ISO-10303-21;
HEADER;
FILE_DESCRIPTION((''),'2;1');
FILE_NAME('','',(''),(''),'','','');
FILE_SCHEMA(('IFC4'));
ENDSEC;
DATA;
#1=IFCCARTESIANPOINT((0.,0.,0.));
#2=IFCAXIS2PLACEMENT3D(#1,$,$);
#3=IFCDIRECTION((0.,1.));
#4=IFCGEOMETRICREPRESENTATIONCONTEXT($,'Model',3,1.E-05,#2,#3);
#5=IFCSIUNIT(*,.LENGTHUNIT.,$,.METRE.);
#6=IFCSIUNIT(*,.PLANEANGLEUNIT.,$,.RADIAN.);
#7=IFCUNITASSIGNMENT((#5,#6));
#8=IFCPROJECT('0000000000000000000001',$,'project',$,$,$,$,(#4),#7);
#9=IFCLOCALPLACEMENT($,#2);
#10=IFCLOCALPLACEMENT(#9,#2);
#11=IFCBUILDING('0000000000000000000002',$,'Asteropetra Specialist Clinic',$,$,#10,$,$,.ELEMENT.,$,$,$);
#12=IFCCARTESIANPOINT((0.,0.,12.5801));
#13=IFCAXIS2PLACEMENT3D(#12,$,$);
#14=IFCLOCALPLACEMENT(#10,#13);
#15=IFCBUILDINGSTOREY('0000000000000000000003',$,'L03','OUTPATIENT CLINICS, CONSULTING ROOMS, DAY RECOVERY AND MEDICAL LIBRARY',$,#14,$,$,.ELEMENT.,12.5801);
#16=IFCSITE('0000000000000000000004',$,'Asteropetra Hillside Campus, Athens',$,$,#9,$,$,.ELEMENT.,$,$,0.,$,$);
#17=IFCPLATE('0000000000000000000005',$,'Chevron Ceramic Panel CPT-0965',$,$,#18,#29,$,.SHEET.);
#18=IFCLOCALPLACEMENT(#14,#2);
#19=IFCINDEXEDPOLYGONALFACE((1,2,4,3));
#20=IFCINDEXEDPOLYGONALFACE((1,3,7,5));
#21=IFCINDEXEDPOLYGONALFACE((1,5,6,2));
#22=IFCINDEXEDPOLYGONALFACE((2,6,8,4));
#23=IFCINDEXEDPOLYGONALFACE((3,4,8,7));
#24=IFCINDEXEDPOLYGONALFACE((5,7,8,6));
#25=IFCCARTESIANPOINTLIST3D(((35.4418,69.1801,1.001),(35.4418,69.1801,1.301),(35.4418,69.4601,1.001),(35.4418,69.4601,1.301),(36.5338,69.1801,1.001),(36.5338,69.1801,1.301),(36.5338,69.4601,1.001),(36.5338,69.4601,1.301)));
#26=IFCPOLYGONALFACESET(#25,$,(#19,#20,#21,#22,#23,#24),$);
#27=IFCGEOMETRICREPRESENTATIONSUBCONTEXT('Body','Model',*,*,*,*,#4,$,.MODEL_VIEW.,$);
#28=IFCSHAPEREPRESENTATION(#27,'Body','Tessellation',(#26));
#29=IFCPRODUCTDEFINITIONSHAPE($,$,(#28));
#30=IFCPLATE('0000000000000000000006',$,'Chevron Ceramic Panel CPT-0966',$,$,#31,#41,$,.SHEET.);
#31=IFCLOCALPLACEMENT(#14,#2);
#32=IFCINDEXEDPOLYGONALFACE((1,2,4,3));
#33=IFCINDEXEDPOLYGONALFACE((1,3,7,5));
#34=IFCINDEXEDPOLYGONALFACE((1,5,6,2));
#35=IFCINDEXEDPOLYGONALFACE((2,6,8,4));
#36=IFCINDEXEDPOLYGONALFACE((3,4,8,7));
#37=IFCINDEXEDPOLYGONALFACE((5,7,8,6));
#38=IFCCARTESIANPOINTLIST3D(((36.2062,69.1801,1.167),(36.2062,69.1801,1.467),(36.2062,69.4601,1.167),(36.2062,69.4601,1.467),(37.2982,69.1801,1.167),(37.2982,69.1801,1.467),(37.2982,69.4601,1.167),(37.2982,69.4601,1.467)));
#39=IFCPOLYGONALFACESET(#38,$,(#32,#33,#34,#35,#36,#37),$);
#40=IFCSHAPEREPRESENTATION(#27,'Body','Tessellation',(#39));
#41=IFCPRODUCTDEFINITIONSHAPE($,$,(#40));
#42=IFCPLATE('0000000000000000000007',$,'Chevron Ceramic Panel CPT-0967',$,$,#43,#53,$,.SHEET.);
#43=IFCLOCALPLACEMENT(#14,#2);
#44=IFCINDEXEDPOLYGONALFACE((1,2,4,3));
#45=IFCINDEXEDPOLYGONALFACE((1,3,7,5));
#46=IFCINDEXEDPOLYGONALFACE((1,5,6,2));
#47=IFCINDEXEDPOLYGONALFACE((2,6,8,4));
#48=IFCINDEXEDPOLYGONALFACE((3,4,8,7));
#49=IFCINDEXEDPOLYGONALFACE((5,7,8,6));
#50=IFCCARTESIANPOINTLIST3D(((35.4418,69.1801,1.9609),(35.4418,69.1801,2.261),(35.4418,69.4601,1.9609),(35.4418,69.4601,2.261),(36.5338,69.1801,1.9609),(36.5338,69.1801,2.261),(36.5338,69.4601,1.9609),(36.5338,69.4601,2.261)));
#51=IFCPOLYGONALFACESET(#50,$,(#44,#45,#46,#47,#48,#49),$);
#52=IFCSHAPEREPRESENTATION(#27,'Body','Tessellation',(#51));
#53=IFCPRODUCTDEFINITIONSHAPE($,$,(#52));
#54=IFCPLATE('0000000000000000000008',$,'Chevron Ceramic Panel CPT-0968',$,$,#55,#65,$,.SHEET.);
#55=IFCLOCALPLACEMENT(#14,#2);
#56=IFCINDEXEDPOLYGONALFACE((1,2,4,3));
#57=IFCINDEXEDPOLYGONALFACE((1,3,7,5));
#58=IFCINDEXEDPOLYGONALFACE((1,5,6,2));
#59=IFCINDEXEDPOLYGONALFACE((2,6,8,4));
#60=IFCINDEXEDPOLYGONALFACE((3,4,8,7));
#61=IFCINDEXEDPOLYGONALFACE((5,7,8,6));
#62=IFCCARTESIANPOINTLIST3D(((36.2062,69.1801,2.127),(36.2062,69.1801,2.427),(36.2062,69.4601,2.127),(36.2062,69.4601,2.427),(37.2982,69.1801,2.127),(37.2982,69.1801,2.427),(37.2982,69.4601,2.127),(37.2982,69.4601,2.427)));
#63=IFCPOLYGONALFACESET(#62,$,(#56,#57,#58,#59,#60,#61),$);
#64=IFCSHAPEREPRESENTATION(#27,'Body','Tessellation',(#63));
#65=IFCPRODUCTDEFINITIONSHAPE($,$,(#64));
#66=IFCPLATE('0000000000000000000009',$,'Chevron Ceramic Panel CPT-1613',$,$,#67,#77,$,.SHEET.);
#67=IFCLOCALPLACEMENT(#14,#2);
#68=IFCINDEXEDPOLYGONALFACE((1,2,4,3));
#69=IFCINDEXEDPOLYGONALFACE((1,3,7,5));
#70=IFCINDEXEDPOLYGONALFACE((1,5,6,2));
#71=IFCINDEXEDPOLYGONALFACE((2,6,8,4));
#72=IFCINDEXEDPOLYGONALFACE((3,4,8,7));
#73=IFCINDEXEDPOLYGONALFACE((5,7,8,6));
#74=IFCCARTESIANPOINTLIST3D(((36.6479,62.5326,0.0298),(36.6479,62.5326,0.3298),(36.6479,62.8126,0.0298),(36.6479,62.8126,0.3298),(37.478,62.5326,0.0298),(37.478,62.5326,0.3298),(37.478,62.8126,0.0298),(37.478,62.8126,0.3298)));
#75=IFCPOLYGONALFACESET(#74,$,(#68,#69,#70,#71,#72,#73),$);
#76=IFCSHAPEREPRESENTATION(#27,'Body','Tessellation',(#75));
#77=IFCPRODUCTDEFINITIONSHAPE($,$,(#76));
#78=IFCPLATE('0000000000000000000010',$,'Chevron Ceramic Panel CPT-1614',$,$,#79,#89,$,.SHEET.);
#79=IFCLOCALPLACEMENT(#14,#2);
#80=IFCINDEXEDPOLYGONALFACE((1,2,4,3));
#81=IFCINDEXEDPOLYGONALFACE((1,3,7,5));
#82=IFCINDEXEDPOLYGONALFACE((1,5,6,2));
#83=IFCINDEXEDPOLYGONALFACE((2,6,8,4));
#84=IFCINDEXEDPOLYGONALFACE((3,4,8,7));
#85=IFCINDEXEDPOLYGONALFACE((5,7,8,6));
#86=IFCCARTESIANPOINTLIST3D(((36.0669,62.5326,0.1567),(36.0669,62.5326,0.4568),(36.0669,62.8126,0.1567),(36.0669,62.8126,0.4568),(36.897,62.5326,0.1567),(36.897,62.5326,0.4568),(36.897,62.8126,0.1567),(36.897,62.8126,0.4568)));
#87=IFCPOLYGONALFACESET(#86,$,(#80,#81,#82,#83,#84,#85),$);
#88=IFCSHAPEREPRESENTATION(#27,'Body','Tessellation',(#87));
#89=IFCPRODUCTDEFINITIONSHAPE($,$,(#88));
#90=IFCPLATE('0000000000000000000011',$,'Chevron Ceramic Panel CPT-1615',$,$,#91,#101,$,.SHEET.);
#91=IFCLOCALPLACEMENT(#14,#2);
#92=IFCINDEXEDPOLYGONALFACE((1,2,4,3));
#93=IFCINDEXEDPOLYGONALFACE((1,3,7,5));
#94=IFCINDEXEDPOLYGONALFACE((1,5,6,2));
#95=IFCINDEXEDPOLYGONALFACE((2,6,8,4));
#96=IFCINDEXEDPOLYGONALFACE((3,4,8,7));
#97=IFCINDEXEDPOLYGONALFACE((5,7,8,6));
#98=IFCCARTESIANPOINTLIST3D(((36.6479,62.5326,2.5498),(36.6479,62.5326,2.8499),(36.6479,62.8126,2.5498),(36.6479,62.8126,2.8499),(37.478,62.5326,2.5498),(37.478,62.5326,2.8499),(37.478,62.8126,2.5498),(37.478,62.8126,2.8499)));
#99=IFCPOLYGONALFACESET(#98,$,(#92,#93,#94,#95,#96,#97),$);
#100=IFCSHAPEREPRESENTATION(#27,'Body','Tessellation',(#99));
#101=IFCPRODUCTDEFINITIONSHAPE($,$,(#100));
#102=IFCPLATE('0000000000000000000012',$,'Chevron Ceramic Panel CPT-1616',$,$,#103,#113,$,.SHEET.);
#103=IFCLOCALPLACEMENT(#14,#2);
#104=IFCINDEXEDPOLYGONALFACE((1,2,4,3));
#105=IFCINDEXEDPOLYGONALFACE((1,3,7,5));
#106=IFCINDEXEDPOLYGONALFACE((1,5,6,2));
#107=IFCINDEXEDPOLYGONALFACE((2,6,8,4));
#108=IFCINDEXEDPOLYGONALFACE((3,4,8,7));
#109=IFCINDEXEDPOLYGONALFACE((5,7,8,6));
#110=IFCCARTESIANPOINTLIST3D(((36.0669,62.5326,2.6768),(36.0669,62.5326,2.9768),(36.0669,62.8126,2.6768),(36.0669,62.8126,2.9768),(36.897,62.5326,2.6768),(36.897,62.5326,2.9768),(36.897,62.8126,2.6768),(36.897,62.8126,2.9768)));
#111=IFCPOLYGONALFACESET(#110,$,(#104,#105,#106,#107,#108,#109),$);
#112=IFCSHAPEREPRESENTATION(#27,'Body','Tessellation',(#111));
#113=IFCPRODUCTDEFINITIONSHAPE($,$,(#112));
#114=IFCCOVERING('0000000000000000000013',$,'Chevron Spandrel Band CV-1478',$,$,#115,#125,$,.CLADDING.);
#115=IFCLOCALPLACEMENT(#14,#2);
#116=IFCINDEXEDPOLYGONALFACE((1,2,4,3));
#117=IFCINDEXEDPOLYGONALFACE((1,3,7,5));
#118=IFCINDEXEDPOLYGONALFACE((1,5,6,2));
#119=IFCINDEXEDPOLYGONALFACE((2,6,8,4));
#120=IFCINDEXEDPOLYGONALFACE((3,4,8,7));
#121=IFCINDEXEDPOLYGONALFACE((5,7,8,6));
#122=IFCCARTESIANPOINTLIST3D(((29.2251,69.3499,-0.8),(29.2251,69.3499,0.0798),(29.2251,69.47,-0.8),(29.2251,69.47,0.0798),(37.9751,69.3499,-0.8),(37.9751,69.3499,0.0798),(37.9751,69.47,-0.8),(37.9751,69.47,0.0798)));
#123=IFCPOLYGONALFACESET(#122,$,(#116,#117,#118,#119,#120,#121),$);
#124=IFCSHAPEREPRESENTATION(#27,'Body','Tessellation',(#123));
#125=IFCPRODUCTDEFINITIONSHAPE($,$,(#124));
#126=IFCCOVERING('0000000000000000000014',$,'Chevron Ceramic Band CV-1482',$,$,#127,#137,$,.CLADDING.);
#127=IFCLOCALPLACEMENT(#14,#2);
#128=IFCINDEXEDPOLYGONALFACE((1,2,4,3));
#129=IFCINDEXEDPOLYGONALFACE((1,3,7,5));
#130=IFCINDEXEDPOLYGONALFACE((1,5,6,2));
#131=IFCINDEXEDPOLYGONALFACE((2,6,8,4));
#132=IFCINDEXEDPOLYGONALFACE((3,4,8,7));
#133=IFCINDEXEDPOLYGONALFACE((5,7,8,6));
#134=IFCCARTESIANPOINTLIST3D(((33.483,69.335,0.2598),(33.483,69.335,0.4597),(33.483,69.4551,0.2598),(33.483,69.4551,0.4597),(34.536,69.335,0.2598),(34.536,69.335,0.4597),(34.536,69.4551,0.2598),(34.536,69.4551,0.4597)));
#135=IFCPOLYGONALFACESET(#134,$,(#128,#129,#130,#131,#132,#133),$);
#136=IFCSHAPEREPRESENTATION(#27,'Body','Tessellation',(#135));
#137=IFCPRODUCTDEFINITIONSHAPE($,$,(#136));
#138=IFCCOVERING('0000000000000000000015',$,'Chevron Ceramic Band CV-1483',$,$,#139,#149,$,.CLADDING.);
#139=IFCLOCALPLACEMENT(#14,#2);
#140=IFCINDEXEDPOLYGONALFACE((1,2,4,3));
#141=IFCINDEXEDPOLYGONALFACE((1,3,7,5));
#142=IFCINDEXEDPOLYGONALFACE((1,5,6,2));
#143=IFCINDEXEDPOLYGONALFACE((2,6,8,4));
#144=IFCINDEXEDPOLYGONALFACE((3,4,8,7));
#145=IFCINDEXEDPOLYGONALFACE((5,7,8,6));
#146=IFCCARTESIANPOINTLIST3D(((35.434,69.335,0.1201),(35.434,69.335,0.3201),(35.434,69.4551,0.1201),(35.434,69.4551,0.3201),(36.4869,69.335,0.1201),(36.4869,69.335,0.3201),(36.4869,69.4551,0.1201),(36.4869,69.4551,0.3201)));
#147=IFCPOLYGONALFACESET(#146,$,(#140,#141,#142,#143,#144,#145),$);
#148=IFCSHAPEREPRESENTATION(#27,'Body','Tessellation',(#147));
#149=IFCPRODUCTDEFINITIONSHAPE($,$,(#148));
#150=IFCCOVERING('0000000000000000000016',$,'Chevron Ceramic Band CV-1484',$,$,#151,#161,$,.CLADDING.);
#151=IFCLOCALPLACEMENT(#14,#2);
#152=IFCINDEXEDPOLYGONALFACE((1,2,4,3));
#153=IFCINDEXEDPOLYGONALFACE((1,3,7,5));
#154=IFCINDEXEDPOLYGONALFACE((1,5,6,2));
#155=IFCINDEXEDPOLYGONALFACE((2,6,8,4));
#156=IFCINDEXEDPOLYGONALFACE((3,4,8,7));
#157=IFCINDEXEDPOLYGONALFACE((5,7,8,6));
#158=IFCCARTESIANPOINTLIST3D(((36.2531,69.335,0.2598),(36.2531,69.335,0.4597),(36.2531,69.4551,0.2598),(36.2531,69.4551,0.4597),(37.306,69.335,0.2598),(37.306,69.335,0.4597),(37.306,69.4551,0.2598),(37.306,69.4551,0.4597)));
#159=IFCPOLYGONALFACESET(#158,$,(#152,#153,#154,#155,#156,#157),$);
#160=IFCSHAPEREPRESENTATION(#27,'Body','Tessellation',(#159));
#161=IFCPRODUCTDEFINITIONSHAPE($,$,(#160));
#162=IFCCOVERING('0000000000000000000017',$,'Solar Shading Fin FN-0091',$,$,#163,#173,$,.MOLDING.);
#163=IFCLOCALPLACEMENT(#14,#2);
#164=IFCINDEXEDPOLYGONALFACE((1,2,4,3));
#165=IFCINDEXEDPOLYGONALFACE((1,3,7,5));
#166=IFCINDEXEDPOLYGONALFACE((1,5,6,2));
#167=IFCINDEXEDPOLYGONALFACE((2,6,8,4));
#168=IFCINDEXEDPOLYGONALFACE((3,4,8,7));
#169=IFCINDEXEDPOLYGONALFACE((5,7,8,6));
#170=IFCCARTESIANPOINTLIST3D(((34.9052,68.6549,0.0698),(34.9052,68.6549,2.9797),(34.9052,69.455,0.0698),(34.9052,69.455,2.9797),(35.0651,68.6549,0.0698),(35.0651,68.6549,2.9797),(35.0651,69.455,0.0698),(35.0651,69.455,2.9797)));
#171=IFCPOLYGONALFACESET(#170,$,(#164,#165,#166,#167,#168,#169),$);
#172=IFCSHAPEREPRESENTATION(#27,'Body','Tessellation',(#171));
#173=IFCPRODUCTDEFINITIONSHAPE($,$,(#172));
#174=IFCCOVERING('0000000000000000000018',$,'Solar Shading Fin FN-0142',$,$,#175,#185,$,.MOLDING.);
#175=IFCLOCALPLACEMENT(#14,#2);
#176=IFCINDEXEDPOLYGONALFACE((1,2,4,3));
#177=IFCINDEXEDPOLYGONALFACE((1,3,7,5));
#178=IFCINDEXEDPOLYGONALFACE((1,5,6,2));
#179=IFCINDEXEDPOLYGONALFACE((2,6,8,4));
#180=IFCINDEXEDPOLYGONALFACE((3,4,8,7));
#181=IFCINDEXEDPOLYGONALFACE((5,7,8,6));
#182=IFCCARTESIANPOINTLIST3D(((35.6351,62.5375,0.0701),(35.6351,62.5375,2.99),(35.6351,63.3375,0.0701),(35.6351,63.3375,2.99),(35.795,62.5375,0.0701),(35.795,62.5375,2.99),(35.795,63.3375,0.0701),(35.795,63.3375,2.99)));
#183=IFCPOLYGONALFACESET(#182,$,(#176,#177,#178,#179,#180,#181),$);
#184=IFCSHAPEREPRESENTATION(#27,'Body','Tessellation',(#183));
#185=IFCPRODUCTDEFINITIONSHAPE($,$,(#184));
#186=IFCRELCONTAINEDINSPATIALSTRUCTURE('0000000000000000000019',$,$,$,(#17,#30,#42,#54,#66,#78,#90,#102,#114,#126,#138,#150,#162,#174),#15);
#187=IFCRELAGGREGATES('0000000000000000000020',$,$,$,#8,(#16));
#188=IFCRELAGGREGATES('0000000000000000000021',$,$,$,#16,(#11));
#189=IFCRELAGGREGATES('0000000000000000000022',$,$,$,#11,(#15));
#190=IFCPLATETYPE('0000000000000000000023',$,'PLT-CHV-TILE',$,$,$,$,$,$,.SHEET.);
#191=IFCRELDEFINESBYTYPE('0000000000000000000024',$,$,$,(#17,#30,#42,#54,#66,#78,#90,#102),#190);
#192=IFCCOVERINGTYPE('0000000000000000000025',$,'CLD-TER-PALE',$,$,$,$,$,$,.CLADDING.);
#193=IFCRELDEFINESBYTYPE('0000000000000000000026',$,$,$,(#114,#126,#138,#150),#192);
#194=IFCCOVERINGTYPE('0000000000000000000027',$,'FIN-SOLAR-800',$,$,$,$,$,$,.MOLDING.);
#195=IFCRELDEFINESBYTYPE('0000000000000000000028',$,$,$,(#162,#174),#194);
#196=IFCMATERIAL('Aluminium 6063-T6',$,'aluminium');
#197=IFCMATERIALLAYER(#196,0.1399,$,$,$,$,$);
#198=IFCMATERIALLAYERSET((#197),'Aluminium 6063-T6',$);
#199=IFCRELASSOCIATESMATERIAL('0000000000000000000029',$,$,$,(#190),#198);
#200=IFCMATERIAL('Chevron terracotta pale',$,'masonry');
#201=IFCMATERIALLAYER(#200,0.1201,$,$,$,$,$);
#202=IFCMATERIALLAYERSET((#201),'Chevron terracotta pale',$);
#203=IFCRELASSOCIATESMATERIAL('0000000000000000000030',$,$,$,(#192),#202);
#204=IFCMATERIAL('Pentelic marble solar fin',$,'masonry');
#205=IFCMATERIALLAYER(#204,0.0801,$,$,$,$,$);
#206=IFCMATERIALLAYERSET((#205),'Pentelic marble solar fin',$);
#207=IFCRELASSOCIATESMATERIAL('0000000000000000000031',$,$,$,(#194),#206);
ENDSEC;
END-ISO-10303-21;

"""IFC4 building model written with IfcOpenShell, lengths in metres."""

from ifc_helpers import new_model, si_unit, direction, frame, origin, origin_2d, place, context, subcontext, project, spatial, rectangle, extrude, material, layer, layer_set, type_object, element, save


model = new_model("IFC4")

# Units and contexts
model_context = context("Model", 3, precision=1e-05, world=origin(), true_north=direction((0.0, 1.0)))
body_context = subcontext(model_context, "Body", "Model", "MODEL_VIEW")
ifc_project = project(units=[si_unit("LENGTHUNIT", "METRE"), si_unit("PLANEANGLEUNIT", "RADIAN")], contexts=[model_context])

# Site, building, storey
site_placement = place(None, origin())
site = spatial("IfcSite", under=ifc_project, at=site_placement, Name="Asteropetra Hillside Campus, Athens", CompositionType="ELEMENT", RefElevation=0.0)
building_placement = place(site_placement, origin())
building = spatial("IfcBuilding", under=site, at=building_placement, Name="Asteropetra Specialist Clinic", CompositionType="ELEMENT")
storey_placement = place(building_placement, frame((0.0, 0.0, 12.5801)))
storey = spatial("IfcBuildingStorey", under=building, at=storey_placement, Name="L03", Description="OUTPATIENT CLINICS, CONSULTING ROOMS, DAY RECOVERY AND MEDICAL LIBRARY", CompositionType="ELEMENT", Elevation=12.5801)

# Plates
ifc_material_1 = material(Name="Aluminium 6063-T6", Category="aluminium")
ifc_layer_1 = layer(ifc_material_1, 0.1399)
ifc_layer_set_1 = layer_set([ifc_layer_1], Name="Aluminium 6063-T6")
plate_type_1 = type_object("IfcPlateType", Name="PLT-CHV-TILE", PredefinedType="SHEET", material=ifc_layer_set_1)
for number, where, z_axis, x_axis, name in (
    (1, (35.9878, 69.3201, 1.001), (0.0, 0.0, 1.0), (1.0, 0.0, 0.0), "Chevron Ceramic Panel CPT-0965"),
    (2, (36.7522, 69.3201, 1.167), (0.0, 0.0, 1.0), (1.0, 0.0, 0.0), "Chevron Ceramic Panel CPT-0966"),
    (3, (35.9878, 69.3201, 1.9609), (0.0, 0.0, 1.0), (1.0, 0.0, 0.0), "Chevron Ceramic Panel CPT-0967"),
    (4, (36.7522, 69.3201, 2.127), (0.0, 0.0, 1.0), (1.0, 0.0, 0.0), "Chevron Ceramic Panel CPT-0968"),
):
    element("IfcPlate", number, at=place(storey_placement, frame(where, z_axis=z_axis, x_axis=x_axis)), inside=storey, type_object=plate_type_1, Name=name, PredefinedType="SHEET", context=body_context, shape_type="SweptSolid", body=[
        extrude(rectangle(XDim=1.092, YDim=0.28, at=origin_2d()), origin(), (0.0, 0.0, 1.0), 0.3),
    ])
for number, where, z_axis, x_axis, name in (
    (5, (37.063, 62.6726, 0.0298), (0.0, 0.0, 1.0), (1.0, 0.0, 0.0), "Chevron Ceramic Panel CPT-1613"),
    (6, (36.4819, 62.6726, 0.1567), (0.0, 0.0, 1.0), (1.0, 0.0, 0.0), "Chevron Ceramic Panel CPT-1614"),
    (7, (37.063, 62.6726, 2.5498), (0.0, 0.0, 1.0), (1.0, 0.0, 0.0), "Chevron Ceramic Panel CPT-1615"),
    (8, (36.4819, 62.6726, 2.6768), (0.0, 0.0, 1.0), (1.0, 0.0, 0.0), "Chevron Ceramic Panel CPT-1616"),
):
    element("IfcPlate", number, at=place(storey_placement, frame(where, z_axis=z_axis, x_axis=x_axis)), inside=storey, type_object=plate_type_1, Name=name, PredefinedType="SHEET", context=body_context, shape_type="SweptSolid", body=[
        extrude(rectangle(XDim=0.8301, YDim=0.28, at=origin_2d()), origin(), (0.0, 0.0, 1.0), 0.3),
    ])

# Coverings
ifc_material_2 = material(Name="Chevron terracotta pale", Category="masonry")
ifc_layer_2 = layer(ifc_material_2, 0.1201)
ifc_layer_set_2 = layer_set([ifc_layer_2], Name="Chevron terracotta pale")
covering_type_1 = type_object("IfcCoveringType", Name="CLD-TER-PALE", PredefinedType="CLADDING", material=ifc_layer_set_2)
covering_1_placement = place(storey_placement, frame((33.6001, 69.4099, -0.8), z_axis=(0.0, 0.0, 1.0), x_axis=(1.0, 0.0, 0.0)))
element("IfcCovering", 9, at=covering_1_placement, inside=storey, type_object=covering_type_1, Name="Chevron Spandrel Band CV-1478", PredefinedType="CLADDING", context=body_context, shape_type="SweptSolid", body=[
    extrude(rectangle(XDim=8.75, YDim=0.1201, at=origin_2d()), origin(), (0.0, 0.0, 1.0), 0.8799),
])
for number, where, z_axis, x_axis, name in (
    (10, (34.0095, 69.395, 0.2598), (0.0, 0.0, 1.0), (1.0, 0.0, 0.0), "Chevron Ceramic Band CV-1482"),
    (11, (35.9604, 69.395, 0.1201), (0.0, 0.0, 1.0), (1.0, 0.0, 0.0), "Chevron Ceramic Band CV-1483"),
    (12, (36.7795, 69.395, 0.2598), (0.0, 0.0, 1.0), (1.0, 0.0, 0.0), "Chevron Ceramic Band CV-1484"),
):
    element("IfcCovering", number, at=place(storey_placement, frame(where, z_axis=z_axis, x_axis=x_axis)), inside=storey, type_object=covering_type_1, Name=name, PredefinedType="CLADDING", context=body_context, shape_type="SweptSolid", body=[
        extrude(rectangle(XDim=1.053, YDim=0.1201, at=origin_2d()), origin(), (0.0, 0.0, 1.0), 0.2),
    ])
ifc_material_3 = material(Name="Pentelic marble solar fin", Category="masonry")
ifc_layer_3 = layer(ifc_material_3, 0.0801)
ifc_layer_set_3 = layer_set([ifc_layer_3], Name="Pentelic marble solar fin")
covering_type_2 = type_object("IfcCoveringType", Name="FIN-SOLAR-800", PredefinedType="MOLDING", material=ifc_layer_set_3)
covering_2_placement = place(storey_placement, frame((34.9851, 69.0549, 0.0698), z_axis=(0.0, 0.0, 1.0), x_axis=(1.0, 0.0, 0.0)))
element("IfcCovering", 13, at=covering_2_placement, inside=storey, type_object=covering_type_2, Name="Solar Shading Fin FN-0091", PredefinedType="MOLDING", context=body_context, shape_type="SweptSolid", body=[
    extrude(rectangle(XDim=0.1599, YDim=0.8, at=origin_2d()), origin(), (0.0, 0.0, 1.0), 2.9099),
])
covering_3_placement = place(storey_placement, frame((35.7151, 62.9375, 0.0701), z_axis=(0.0, 0.0, 1.0), x_axis=(1.0, 0.0, 0.0)))
element("IfcCovering", 14, at=covering_3_placement, inside=storey, type_object=covering_type_2, Name="Solar Shading Fin FN-0142", PredefinedType="MOLDING", context=body_context, shape_type="SweptSolid", body=[
    extrude(rectangle(XDim=0.1599, YDim=0.8, at=origin_2d()), origin(), (0.0, 0.0, 1.0), 2.9199),
])

save(model, "model.ifc")
